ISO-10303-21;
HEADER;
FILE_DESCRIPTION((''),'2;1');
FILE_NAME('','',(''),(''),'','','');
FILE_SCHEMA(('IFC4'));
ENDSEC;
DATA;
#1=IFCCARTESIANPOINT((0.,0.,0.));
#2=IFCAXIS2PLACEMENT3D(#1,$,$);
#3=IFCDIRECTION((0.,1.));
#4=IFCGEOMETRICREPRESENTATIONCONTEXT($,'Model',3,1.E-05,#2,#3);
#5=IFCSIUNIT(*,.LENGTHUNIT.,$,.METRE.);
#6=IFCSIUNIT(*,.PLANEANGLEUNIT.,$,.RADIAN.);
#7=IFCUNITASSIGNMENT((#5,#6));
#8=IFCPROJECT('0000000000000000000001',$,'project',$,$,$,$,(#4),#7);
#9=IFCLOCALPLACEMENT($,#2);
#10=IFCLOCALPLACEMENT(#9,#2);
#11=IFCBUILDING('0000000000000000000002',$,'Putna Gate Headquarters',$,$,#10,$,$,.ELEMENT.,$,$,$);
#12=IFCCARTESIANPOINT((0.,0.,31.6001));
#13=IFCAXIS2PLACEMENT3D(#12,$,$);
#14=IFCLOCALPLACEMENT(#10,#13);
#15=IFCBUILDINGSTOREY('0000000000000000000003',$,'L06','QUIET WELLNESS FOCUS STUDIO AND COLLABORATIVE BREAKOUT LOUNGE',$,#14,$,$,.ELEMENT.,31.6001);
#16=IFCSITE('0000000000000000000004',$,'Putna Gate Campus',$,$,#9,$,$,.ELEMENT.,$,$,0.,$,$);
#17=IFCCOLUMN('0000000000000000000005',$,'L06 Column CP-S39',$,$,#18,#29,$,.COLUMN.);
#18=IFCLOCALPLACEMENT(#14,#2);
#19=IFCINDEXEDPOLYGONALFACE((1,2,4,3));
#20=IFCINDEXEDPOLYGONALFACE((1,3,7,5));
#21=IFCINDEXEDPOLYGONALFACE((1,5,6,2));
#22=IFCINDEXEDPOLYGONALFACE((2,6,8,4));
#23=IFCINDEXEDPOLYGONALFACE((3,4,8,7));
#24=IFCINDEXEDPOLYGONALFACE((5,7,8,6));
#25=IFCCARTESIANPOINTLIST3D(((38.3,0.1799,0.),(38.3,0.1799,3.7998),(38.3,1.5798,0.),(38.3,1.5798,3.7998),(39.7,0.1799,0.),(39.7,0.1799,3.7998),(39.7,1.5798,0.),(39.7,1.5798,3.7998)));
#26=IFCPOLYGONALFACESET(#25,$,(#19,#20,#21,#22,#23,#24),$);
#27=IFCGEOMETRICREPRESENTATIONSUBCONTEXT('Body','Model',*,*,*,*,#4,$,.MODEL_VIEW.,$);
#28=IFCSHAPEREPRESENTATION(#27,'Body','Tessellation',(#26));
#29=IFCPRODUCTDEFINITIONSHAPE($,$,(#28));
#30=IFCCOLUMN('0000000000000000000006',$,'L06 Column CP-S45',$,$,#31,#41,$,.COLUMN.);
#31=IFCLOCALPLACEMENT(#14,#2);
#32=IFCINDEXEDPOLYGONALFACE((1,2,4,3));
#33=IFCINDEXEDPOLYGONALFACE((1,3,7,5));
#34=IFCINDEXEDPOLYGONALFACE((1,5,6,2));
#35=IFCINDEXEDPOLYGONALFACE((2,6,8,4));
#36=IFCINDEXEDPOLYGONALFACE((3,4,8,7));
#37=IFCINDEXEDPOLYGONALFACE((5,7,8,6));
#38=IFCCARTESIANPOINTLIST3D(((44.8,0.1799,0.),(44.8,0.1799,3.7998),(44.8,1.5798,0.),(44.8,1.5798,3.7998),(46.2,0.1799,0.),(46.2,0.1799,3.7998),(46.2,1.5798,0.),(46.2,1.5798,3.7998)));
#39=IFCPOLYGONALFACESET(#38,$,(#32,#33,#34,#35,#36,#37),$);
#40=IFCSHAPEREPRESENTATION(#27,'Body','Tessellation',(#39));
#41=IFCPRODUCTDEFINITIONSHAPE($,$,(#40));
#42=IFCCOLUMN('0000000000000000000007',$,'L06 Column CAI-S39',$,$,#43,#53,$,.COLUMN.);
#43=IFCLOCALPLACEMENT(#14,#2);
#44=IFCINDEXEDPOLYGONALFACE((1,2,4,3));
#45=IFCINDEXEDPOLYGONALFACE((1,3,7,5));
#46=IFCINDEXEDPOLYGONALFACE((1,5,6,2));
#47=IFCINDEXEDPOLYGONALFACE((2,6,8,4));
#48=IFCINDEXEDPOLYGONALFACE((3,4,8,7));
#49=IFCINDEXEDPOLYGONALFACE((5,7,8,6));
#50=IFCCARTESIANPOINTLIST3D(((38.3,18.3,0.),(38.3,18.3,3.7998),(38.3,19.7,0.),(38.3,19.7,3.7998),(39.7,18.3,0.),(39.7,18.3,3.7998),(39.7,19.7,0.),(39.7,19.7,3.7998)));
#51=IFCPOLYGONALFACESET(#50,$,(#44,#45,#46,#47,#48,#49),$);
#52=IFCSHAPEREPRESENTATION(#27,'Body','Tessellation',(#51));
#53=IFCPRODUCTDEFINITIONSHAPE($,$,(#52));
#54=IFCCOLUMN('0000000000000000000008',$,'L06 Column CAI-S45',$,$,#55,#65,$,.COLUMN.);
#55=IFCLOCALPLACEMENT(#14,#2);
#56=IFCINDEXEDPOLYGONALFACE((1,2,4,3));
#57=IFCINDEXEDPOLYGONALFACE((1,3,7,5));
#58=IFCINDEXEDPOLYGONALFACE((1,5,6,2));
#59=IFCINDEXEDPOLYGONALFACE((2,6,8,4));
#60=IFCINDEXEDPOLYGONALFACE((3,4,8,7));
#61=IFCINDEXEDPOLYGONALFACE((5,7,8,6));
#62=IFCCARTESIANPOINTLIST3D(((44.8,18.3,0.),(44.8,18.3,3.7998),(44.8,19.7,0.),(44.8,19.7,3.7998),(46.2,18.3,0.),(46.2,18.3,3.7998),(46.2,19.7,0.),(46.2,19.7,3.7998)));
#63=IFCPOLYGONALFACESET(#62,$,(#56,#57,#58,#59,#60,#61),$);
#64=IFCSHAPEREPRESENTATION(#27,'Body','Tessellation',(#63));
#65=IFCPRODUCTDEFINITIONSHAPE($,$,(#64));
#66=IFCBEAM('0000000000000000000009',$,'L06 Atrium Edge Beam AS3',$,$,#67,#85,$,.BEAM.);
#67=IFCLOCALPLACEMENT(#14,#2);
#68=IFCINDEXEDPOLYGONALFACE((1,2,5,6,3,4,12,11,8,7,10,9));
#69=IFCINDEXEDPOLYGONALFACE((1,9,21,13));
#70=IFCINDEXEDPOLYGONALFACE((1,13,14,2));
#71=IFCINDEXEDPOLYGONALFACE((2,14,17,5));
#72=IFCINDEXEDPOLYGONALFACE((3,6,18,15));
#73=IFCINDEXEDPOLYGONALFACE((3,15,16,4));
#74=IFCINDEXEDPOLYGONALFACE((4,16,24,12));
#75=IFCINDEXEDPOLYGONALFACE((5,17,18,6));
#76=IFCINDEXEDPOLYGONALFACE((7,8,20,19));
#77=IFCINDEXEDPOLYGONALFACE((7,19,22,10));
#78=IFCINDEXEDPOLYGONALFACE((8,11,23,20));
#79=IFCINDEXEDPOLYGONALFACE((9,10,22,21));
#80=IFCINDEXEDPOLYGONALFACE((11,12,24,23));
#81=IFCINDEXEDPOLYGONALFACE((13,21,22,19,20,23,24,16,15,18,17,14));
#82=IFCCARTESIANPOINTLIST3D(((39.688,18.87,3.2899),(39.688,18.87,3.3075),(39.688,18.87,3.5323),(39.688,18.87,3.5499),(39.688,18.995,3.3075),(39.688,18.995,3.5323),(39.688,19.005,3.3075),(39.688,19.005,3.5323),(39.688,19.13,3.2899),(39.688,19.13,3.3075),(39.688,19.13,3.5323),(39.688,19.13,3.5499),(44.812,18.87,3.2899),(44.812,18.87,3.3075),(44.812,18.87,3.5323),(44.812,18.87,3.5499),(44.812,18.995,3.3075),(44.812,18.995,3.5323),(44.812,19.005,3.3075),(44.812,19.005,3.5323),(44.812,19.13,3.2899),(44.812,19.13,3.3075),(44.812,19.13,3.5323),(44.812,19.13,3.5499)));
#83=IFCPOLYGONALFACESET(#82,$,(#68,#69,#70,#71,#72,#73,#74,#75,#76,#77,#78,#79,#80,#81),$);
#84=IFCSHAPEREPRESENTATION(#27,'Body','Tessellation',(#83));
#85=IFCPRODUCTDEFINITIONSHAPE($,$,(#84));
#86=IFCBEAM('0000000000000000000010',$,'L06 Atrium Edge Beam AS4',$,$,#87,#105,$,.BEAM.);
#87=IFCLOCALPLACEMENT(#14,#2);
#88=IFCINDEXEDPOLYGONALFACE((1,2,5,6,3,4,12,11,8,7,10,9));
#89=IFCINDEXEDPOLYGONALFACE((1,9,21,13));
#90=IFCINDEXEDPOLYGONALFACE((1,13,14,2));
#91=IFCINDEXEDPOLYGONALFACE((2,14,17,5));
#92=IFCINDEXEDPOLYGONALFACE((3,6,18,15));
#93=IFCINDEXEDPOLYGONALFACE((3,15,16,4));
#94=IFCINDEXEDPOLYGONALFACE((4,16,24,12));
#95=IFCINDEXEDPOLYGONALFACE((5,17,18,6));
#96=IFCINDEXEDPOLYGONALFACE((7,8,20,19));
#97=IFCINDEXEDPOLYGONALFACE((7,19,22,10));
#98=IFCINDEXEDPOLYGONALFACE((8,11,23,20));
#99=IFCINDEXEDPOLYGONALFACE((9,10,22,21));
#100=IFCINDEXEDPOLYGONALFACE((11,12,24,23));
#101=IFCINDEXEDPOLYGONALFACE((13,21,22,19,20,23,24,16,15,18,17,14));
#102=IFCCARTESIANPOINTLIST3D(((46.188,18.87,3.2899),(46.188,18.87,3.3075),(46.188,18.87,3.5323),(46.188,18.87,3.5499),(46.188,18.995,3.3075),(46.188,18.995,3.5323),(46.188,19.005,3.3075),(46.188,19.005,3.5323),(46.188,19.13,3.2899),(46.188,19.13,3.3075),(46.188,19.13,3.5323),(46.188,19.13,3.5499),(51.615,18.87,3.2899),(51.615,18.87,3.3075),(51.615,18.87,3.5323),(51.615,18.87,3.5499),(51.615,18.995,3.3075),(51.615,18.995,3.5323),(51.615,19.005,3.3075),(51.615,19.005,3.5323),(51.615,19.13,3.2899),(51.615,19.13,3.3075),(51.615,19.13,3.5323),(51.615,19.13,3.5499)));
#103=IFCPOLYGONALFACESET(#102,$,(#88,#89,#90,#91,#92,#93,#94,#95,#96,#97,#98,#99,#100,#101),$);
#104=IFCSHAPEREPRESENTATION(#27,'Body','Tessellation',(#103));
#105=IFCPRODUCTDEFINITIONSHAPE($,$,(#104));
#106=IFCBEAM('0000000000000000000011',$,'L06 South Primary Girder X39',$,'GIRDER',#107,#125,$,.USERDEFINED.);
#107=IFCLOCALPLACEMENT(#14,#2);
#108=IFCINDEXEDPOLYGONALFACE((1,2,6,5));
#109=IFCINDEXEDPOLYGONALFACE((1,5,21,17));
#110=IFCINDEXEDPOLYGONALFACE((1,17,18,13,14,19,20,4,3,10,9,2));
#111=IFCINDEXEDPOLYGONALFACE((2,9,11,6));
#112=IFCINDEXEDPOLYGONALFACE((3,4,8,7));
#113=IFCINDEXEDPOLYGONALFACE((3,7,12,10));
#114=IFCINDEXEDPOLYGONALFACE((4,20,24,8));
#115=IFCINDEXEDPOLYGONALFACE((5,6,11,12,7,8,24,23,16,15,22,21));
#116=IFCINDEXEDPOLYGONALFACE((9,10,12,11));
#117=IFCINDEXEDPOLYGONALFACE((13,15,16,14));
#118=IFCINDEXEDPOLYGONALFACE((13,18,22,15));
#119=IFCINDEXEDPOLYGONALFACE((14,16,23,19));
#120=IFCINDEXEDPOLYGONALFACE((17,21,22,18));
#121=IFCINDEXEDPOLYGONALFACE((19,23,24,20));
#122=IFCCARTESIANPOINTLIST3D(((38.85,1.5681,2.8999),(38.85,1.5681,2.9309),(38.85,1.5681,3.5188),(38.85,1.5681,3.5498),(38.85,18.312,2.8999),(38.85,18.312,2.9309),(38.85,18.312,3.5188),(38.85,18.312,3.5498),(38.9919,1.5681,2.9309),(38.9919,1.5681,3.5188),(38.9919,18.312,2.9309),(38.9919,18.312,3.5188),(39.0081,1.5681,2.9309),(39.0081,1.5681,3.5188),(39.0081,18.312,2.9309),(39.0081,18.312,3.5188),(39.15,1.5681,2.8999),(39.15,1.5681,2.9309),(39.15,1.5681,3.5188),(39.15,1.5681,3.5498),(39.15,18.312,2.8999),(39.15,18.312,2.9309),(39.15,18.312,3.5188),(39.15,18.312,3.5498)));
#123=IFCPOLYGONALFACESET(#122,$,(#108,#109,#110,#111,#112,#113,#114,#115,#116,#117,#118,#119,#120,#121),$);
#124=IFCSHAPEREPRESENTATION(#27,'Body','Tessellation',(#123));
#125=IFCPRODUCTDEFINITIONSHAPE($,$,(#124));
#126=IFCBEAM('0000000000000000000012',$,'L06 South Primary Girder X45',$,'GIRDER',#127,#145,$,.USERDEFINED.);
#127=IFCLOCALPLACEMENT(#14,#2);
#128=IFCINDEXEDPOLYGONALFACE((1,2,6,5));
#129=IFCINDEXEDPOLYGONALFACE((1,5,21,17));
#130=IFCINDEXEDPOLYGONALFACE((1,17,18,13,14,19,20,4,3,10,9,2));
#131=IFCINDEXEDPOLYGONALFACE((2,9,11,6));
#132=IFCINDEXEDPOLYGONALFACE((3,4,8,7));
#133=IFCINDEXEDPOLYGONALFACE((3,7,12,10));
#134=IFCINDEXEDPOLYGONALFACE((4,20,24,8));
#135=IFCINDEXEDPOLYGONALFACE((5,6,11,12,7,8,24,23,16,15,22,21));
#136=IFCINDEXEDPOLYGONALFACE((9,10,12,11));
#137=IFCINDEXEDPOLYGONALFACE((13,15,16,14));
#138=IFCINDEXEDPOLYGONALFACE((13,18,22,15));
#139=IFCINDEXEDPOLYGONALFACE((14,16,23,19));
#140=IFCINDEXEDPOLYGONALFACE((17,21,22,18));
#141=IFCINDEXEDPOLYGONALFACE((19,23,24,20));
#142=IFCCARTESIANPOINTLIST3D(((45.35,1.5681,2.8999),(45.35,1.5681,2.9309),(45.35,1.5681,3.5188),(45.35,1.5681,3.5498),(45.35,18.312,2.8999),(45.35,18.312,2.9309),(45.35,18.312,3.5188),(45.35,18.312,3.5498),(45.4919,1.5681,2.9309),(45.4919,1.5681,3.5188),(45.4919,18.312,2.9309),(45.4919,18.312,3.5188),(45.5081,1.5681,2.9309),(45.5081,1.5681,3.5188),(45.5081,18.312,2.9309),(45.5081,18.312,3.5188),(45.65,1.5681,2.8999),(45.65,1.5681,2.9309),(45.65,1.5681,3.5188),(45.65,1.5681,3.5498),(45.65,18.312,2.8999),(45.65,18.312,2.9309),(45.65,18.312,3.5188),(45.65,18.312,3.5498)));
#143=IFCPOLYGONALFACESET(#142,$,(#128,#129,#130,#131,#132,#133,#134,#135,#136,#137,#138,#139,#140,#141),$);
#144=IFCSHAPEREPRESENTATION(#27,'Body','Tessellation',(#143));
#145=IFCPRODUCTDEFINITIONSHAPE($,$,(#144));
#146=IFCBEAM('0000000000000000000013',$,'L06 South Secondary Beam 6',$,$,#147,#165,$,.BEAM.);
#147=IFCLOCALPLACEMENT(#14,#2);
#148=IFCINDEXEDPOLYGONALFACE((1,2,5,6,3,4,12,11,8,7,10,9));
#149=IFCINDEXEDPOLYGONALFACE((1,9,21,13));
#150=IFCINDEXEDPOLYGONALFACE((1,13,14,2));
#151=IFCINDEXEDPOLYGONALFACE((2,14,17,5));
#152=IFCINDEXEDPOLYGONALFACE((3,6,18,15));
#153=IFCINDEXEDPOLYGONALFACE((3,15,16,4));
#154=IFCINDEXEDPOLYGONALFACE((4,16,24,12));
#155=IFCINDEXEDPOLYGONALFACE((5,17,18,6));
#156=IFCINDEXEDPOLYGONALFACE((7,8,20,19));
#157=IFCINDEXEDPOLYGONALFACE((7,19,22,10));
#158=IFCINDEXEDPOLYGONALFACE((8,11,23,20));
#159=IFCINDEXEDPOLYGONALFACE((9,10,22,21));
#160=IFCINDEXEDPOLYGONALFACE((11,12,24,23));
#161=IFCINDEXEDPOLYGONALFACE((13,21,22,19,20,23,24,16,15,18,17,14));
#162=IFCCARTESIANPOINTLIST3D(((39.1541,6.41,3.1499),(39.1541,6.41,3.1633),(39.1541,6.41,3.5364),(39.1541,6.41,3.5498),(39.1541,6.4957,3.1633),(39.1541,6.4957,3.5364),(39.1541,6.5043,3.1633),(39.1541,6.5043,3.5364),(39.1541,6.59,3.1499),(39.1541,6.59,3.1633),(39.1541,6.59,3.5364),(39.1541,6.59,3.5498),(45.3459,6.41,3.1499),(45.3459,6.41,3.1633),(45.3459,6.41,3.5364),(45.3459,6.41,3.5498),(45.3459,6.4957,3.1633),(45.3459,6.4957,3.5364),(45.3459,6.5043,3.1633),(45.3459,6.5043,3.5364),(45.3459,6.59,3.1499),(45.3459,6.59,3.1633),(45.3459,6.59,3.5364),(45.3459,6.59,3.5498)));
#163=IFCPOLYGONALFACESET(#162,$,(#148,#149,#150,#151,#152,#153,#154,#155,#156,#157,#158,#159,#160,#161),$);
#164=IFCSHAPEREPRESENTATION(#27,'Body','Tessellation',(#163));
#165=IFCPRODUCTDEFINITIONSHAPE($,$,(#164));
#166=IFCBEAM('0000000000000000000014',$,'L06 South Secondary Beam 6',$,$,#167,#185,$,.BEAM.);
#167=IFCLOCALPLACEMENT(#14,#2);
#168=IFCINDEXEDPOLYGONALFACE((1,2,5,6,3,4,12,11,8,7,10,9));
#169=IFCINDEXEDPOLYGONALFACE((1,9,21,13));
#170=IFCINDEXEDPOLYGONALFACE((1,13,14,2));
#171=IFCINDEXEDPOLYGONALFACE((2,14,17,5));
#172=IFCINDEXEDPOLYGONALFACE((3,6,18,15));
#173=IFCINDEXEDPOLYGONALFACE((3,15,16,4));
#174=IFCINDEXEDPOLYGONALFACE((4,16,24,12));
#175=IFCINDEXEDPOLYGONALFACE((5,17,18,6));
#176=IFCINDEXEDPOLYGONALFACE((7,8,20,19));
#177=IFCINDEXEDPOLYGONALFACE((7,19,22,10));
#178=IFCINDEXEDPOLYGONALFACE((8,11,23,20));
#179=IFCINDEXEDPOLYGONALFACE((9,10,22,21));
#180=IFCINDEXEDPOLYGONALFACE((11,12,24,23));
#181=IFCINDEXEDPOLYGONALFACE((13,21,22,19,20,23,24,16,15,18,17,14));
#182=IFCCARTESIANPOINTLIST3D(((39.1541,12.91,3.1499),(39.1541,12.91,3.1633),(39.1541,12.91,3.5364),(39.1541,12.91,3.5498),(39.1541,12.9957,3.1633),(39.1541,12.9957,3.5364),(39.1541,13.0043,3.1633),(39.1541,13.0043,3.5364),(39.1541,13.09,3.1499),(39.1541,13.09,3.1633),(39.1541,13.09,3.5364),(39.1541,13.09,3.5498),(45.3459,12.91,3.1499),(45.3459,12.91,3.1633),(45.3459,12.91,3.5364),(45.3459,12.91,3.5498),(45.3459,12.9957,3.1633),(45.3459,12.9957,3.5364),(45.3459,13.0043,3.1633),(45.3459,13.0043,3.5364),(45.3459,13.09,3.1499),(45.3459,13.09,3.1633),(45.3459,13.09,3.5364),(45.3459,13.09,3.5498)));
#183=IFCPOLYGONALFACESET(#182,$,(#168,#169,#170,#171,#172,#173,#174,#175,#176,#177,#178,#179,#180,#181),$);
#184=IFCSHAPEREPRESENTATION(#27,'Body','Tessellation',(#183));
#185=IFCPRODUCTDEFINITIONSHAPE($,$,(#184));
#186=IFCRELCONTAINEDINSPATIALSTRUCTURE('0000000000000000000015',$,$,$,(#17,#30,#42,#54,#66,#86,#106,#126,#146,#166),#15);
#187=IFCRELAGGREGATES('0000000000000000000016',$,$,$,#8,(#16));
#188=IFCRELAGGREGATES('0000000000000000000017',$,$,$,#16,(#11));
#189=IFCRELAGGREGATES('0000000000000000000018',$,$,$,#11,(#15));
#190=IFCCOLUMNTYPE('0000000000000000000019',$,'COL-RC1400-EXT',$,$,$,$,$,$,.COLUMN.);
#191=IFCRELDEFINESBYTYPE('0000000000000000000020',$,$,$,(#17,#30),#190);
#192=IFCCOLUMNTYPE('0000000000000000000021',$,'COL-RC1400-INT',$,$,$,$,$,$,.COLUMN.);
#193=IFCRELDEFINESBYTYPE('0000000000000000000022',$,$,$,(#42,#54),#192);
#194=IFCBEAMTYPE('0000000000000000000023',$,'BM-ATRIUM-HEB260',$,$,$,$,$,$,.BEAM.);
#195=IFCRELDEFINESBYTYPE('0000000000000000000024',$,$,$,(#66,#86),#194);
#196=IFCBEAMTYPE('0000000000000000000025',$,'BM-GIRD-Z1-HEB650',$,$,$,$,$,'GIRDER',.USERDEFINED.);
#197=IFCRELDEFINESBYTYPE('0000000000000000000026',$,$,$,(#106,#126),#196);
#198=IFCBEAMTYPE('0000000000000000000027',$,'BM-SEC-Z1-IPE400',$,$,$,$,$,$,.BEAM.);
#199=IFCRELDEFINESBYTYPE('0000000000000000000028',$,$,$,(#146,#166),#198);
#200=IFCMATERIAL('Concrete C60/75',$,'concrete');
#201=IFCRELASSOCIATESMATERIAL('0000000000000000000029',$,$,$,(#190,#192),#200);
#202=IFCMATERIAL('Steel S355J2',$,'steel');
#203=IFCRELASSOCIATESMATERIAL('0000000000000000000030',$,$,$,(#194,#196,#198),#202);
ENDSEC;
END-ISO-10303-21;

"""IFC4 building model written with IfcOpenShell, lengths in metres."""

from ifc_helpers import new_model, si_unit, direction, frame, origin, origin_2d, place, context, subcontext, project, spatial, rectangle, i_section, extrude, material, material_profile, profile_set, type_object, element, save


model = new_model("IFC4")

# Units and contexts
model_context = context("Model", 3, precision=1e-05, world=origin(), true_north=direction((0.0, 1.0)))
body_context = subcontext(model_context, "Body", "Model", "MODEL_VIEW")
ifc_project = project(units=[si_unit("LENGTHUNIT", "METRE"), si_unit("PLANEANGLEUNIT", "RADIAN")], contexts=[model_context])

# Site, building, storey
site_placement = place(None, origin())
site = spatial("IfcSite", under=ifc_project, at=site_placement, Name="Putna Gate Campus", CompositionType="ELEMENT", RefElevation=0.0)
building_placement = place(site_placement, origin())
building = spatial("IfcBuilding", under=site, at=building_placement, Name="Putna Gate Headquarters", CompositionType="ELEMENT")
storey_placement = place(building_placement, frame((0.0, 0.0, 31.6001)))
storey = spatial("IfcBuildingStorey", under=building, at=storey_placement, Name="L06", Description="QUIET WELLNESS FOCUS STUDIO AND COLLABORATIVE BREAKOUT LOUNGE", CompositionType="ELEMENT", Elevation=31.6001)

# Columns
ifc_material_1 = material(Name="Concrete C60/75", Category="concrete")
ifc_material_profile_1 = material_profile(ifc_material_1, rectangle(XDim=1.3999, YDim=1.3999, at=origin_2d()), Name="Concrete C60/75")
ifc_profile_set_1 = profile_set([ifc_material_profile_1], Name="Concrete C60/75")
column_type_1 = type_object("IfcColumnType", Name="COL-RC1400-EXT", PredefinedType="COLUMN", material=ifc_profile_set_1)
for number, where, z_axis, x_axis, name in (
    (1, (39.0, 0.8799, 0.0), (0.0, 0.0, 1.0), (1.0, 0.0, 0.0), "L06 Column CP-S39"),
    (2, (45.5, 0.8799, 0.0), (0.0, 0.0, 1.0), (1.0, 0.0, 0.0), "L06 Column CP-S45"),
):
    element("IfcColumn", number, at=place(storey_placement, frame(where, z_axis=z_axis, x_axis=x_axis)), inside=storey, type_object=column_type_1, Name=name, PredefinedType="COLUMN", context=body_context, shape_type="SweptSolid", body=[
        extrude(rectangle(XDim=1.3999, YDim=1.3999, at=origin_2d()), origin(), (0.0, 0.0, 1.0), 3.7998),
    ])
ifc_material_profile_2 = material_profile(ifc_material_1, rectangle(XDim=1.3999, YDim=1.3999, at=origin_2d()), Name="Concrete C60/75")
ifc_profile_set_2 = profile_set([ifc_material_profile_2], Name="Concrete C60/75")
column_type_2 = type_object("IfcColumnType", Name="COL-RC1400-INT", PredefinedType="COLUMN", material=ifc_profile_set_2)
for number, where, z_axis, x_axis, name in (
    (3, (39.0, 19.0, 0.0), (0.0, 0.0, 1.0), (1.0, 0.0, 0.0), "L06 Column CAI-S39"),
    (4, (45.5, 19.0, 0.0), (0.0, 0.0, 1.0), (1.0, 0.0, 0.0), "L06 Column CAI-S45"),
):
    element("IfcColumn", number, at=place(storey_placement, frame(where, z_axis=z_axis, x_axis=x_axis)), inside=storey, type_object=column_type_2, Name=name, PredefinedType="COLUMN", context=body_context, shape_type="SweptSolid", body=[
        extrude(rectangle(XDim=1.3999, YDim=1.3999, at=origin_2d()), origin(), (0.0, 0.0, 1.0), 3.7998),
    ])

# Beams
ifc_material_2 = material(Name="Steel S355J2", Category="steel")
ifc_material_profile_3 = material_profile(ifc_material_2, i_section(OverallWidth=0.26, OverallDepth=0.26, WebThickness=0.01, FlangeThickness=0.0176, at=origin_2d()), Name="Steel S355J2")
ifc_profile_set_3 = profile_set([ifc_material_profile_3], Name="Steel S355J2")
beam_type_1 = type_object("IfcBeamType", Name="BM-ATRIUM-HEB260", PredefinedType="BEAM", material=ifc_profile_set_3)
beam_1_placement = place(storey_placement, frame((39.688, 19.0, 3.4199), z_axis=(1.0, 0.0, 0.0), x_axis=(0.0, 1.0, 0.0)))
element("IfcBeam", 5, at=beam_1_placement, inside=storey, type_object=beam_type_1, Name="L06 Atrium Edge Beam AS3", PredefinedType="BEAM", context=body_context, shape_type="SweptSolid", body=[
    extrude(i_section(OverallWidth=0.26, OverallDepth=0.26, WebThickness=0.01, FlangeThickness=0.0176, at=origin_2d()), origin(), (0.0, 0.0, 1.0), 5.124),
])
beam_2_placement = place(storey_placement, frame((46.188, 19.0, 3.4199), z_axis=(1.0, 0.0, 0.0), x_axis=(0.0, 1.0, 0.0)))
element("IfcBeam", 6, at=beam_2_placement, inside=storey, type_object=beam_type_1, Name="L06 Atrium Edge Beam AS4", PredefinedType="BEAM", context=body_context, shape_type="SweptSolid", body=[
    extrude(i_section(OverallWidth=0.26, OverallDepth=0.26, WebThickness=0.01, FlangeThickness=0.0176, at=origin_2d()), origin(), (0.0, 0.0, 1.0), 5.427),
])
ifc_material_profile_4 = material_profile(ifc_material_2, i_section(OverallWidth=0.3, OverallDepth=0.6499, WebThickness=0.0161, FlangeThickness=0.031, at=origin_2d()), Name="Steel S355J2")
ifc_profile_set_4 = profile_set([ifc_material_profile_4], Name="Steel S355J2")
beam_type_2 = type_object("IfcBeamType", Name="BM-GIRD-Z1-HEB650", ElementType="GIRDER", PredefinedType="USERDEFINED", material=ifc_profile_set_4)
for number, where, z_axis, x_axis, name in (
    (7, (39.0, 1.5681, 3.2249), (0.0, 1.0, 0.0), (-1.0, 0.0, 0.0), "L06 South Primary Girder X39"),
    (8, (45.5, 1.5681, 3.2249), (0.0, 1.0, 0.0), (-1.0, 0.0, 0.0), "L06 South Primary Girder X45"),
):
    element("IfcBeam", number, at=place(storey_placement, frame(where, z_axis=z_axis, x_axis=x_axis)), inside=storey, type_object=beam_type_2, Name=name, ObjectType="GIRDER", PredefinedType="USERDEFINED", context=body_context, shape_type="SweptSolid", body=[
        extrude(i_section(OverallWidth=0.3, OverallDepth=0.6499, WebThickness=0.0161, FlangeThickness=0.031, at=origin_2d()), origin(), (0.0, 0.0, 1.0), 16.7439),
    ])
ifc_material_profile_5 = material_profile(ifc_material_2, i_section(OverallWidth=0.1799, OverallDepth=0.3999, WebThickness=0.0085, FlangeThickness=0.0134, at=origin_2d()), Name="Steel S355J2")
ifc_profile_set_5 = profile_set([ifc_material_profile_5], Name="Steel S355J2")
beam_type_3 = type_object("IfcBeamType", Name="BM-SEC-Z1-IPE400", PredefinedType="BEAM", material=ifc_profile_set_5)
for number, where, z_axis, x_axis, name in (
    (9, (39.1541, 6.5, 3.3499), (1.0, 0.0, 0.0), (0.0, 1.0, 0.0), "L06 South Secondary Beam 6"),
    (10, (39.1541, 13.0, 3.3499), (1.0, 0.0, 0.0), (0.0, 1.0, 0.0), "L06 South Secondary Beam 6"),
):
    element("IfcBeam", number, at=place(storey_placement, frame(where, z_axis=z_axis, x_axis=x_axis)), inside=storey, type_object=beam_type_3, Name=name, PredefinedType="BEAM", context=body_context, shape_type="SweptSolid", body=[
        extrude(i_section(OverallWidth=0.1799, OverallDepth=0.3999, WebThickness=0.0085, FlangeThickness=0.0134, at=origin_2d()), origin(), (0.0, 0.0, 1.0), 6.1919),
    ])

save(model, "model.ifc")
